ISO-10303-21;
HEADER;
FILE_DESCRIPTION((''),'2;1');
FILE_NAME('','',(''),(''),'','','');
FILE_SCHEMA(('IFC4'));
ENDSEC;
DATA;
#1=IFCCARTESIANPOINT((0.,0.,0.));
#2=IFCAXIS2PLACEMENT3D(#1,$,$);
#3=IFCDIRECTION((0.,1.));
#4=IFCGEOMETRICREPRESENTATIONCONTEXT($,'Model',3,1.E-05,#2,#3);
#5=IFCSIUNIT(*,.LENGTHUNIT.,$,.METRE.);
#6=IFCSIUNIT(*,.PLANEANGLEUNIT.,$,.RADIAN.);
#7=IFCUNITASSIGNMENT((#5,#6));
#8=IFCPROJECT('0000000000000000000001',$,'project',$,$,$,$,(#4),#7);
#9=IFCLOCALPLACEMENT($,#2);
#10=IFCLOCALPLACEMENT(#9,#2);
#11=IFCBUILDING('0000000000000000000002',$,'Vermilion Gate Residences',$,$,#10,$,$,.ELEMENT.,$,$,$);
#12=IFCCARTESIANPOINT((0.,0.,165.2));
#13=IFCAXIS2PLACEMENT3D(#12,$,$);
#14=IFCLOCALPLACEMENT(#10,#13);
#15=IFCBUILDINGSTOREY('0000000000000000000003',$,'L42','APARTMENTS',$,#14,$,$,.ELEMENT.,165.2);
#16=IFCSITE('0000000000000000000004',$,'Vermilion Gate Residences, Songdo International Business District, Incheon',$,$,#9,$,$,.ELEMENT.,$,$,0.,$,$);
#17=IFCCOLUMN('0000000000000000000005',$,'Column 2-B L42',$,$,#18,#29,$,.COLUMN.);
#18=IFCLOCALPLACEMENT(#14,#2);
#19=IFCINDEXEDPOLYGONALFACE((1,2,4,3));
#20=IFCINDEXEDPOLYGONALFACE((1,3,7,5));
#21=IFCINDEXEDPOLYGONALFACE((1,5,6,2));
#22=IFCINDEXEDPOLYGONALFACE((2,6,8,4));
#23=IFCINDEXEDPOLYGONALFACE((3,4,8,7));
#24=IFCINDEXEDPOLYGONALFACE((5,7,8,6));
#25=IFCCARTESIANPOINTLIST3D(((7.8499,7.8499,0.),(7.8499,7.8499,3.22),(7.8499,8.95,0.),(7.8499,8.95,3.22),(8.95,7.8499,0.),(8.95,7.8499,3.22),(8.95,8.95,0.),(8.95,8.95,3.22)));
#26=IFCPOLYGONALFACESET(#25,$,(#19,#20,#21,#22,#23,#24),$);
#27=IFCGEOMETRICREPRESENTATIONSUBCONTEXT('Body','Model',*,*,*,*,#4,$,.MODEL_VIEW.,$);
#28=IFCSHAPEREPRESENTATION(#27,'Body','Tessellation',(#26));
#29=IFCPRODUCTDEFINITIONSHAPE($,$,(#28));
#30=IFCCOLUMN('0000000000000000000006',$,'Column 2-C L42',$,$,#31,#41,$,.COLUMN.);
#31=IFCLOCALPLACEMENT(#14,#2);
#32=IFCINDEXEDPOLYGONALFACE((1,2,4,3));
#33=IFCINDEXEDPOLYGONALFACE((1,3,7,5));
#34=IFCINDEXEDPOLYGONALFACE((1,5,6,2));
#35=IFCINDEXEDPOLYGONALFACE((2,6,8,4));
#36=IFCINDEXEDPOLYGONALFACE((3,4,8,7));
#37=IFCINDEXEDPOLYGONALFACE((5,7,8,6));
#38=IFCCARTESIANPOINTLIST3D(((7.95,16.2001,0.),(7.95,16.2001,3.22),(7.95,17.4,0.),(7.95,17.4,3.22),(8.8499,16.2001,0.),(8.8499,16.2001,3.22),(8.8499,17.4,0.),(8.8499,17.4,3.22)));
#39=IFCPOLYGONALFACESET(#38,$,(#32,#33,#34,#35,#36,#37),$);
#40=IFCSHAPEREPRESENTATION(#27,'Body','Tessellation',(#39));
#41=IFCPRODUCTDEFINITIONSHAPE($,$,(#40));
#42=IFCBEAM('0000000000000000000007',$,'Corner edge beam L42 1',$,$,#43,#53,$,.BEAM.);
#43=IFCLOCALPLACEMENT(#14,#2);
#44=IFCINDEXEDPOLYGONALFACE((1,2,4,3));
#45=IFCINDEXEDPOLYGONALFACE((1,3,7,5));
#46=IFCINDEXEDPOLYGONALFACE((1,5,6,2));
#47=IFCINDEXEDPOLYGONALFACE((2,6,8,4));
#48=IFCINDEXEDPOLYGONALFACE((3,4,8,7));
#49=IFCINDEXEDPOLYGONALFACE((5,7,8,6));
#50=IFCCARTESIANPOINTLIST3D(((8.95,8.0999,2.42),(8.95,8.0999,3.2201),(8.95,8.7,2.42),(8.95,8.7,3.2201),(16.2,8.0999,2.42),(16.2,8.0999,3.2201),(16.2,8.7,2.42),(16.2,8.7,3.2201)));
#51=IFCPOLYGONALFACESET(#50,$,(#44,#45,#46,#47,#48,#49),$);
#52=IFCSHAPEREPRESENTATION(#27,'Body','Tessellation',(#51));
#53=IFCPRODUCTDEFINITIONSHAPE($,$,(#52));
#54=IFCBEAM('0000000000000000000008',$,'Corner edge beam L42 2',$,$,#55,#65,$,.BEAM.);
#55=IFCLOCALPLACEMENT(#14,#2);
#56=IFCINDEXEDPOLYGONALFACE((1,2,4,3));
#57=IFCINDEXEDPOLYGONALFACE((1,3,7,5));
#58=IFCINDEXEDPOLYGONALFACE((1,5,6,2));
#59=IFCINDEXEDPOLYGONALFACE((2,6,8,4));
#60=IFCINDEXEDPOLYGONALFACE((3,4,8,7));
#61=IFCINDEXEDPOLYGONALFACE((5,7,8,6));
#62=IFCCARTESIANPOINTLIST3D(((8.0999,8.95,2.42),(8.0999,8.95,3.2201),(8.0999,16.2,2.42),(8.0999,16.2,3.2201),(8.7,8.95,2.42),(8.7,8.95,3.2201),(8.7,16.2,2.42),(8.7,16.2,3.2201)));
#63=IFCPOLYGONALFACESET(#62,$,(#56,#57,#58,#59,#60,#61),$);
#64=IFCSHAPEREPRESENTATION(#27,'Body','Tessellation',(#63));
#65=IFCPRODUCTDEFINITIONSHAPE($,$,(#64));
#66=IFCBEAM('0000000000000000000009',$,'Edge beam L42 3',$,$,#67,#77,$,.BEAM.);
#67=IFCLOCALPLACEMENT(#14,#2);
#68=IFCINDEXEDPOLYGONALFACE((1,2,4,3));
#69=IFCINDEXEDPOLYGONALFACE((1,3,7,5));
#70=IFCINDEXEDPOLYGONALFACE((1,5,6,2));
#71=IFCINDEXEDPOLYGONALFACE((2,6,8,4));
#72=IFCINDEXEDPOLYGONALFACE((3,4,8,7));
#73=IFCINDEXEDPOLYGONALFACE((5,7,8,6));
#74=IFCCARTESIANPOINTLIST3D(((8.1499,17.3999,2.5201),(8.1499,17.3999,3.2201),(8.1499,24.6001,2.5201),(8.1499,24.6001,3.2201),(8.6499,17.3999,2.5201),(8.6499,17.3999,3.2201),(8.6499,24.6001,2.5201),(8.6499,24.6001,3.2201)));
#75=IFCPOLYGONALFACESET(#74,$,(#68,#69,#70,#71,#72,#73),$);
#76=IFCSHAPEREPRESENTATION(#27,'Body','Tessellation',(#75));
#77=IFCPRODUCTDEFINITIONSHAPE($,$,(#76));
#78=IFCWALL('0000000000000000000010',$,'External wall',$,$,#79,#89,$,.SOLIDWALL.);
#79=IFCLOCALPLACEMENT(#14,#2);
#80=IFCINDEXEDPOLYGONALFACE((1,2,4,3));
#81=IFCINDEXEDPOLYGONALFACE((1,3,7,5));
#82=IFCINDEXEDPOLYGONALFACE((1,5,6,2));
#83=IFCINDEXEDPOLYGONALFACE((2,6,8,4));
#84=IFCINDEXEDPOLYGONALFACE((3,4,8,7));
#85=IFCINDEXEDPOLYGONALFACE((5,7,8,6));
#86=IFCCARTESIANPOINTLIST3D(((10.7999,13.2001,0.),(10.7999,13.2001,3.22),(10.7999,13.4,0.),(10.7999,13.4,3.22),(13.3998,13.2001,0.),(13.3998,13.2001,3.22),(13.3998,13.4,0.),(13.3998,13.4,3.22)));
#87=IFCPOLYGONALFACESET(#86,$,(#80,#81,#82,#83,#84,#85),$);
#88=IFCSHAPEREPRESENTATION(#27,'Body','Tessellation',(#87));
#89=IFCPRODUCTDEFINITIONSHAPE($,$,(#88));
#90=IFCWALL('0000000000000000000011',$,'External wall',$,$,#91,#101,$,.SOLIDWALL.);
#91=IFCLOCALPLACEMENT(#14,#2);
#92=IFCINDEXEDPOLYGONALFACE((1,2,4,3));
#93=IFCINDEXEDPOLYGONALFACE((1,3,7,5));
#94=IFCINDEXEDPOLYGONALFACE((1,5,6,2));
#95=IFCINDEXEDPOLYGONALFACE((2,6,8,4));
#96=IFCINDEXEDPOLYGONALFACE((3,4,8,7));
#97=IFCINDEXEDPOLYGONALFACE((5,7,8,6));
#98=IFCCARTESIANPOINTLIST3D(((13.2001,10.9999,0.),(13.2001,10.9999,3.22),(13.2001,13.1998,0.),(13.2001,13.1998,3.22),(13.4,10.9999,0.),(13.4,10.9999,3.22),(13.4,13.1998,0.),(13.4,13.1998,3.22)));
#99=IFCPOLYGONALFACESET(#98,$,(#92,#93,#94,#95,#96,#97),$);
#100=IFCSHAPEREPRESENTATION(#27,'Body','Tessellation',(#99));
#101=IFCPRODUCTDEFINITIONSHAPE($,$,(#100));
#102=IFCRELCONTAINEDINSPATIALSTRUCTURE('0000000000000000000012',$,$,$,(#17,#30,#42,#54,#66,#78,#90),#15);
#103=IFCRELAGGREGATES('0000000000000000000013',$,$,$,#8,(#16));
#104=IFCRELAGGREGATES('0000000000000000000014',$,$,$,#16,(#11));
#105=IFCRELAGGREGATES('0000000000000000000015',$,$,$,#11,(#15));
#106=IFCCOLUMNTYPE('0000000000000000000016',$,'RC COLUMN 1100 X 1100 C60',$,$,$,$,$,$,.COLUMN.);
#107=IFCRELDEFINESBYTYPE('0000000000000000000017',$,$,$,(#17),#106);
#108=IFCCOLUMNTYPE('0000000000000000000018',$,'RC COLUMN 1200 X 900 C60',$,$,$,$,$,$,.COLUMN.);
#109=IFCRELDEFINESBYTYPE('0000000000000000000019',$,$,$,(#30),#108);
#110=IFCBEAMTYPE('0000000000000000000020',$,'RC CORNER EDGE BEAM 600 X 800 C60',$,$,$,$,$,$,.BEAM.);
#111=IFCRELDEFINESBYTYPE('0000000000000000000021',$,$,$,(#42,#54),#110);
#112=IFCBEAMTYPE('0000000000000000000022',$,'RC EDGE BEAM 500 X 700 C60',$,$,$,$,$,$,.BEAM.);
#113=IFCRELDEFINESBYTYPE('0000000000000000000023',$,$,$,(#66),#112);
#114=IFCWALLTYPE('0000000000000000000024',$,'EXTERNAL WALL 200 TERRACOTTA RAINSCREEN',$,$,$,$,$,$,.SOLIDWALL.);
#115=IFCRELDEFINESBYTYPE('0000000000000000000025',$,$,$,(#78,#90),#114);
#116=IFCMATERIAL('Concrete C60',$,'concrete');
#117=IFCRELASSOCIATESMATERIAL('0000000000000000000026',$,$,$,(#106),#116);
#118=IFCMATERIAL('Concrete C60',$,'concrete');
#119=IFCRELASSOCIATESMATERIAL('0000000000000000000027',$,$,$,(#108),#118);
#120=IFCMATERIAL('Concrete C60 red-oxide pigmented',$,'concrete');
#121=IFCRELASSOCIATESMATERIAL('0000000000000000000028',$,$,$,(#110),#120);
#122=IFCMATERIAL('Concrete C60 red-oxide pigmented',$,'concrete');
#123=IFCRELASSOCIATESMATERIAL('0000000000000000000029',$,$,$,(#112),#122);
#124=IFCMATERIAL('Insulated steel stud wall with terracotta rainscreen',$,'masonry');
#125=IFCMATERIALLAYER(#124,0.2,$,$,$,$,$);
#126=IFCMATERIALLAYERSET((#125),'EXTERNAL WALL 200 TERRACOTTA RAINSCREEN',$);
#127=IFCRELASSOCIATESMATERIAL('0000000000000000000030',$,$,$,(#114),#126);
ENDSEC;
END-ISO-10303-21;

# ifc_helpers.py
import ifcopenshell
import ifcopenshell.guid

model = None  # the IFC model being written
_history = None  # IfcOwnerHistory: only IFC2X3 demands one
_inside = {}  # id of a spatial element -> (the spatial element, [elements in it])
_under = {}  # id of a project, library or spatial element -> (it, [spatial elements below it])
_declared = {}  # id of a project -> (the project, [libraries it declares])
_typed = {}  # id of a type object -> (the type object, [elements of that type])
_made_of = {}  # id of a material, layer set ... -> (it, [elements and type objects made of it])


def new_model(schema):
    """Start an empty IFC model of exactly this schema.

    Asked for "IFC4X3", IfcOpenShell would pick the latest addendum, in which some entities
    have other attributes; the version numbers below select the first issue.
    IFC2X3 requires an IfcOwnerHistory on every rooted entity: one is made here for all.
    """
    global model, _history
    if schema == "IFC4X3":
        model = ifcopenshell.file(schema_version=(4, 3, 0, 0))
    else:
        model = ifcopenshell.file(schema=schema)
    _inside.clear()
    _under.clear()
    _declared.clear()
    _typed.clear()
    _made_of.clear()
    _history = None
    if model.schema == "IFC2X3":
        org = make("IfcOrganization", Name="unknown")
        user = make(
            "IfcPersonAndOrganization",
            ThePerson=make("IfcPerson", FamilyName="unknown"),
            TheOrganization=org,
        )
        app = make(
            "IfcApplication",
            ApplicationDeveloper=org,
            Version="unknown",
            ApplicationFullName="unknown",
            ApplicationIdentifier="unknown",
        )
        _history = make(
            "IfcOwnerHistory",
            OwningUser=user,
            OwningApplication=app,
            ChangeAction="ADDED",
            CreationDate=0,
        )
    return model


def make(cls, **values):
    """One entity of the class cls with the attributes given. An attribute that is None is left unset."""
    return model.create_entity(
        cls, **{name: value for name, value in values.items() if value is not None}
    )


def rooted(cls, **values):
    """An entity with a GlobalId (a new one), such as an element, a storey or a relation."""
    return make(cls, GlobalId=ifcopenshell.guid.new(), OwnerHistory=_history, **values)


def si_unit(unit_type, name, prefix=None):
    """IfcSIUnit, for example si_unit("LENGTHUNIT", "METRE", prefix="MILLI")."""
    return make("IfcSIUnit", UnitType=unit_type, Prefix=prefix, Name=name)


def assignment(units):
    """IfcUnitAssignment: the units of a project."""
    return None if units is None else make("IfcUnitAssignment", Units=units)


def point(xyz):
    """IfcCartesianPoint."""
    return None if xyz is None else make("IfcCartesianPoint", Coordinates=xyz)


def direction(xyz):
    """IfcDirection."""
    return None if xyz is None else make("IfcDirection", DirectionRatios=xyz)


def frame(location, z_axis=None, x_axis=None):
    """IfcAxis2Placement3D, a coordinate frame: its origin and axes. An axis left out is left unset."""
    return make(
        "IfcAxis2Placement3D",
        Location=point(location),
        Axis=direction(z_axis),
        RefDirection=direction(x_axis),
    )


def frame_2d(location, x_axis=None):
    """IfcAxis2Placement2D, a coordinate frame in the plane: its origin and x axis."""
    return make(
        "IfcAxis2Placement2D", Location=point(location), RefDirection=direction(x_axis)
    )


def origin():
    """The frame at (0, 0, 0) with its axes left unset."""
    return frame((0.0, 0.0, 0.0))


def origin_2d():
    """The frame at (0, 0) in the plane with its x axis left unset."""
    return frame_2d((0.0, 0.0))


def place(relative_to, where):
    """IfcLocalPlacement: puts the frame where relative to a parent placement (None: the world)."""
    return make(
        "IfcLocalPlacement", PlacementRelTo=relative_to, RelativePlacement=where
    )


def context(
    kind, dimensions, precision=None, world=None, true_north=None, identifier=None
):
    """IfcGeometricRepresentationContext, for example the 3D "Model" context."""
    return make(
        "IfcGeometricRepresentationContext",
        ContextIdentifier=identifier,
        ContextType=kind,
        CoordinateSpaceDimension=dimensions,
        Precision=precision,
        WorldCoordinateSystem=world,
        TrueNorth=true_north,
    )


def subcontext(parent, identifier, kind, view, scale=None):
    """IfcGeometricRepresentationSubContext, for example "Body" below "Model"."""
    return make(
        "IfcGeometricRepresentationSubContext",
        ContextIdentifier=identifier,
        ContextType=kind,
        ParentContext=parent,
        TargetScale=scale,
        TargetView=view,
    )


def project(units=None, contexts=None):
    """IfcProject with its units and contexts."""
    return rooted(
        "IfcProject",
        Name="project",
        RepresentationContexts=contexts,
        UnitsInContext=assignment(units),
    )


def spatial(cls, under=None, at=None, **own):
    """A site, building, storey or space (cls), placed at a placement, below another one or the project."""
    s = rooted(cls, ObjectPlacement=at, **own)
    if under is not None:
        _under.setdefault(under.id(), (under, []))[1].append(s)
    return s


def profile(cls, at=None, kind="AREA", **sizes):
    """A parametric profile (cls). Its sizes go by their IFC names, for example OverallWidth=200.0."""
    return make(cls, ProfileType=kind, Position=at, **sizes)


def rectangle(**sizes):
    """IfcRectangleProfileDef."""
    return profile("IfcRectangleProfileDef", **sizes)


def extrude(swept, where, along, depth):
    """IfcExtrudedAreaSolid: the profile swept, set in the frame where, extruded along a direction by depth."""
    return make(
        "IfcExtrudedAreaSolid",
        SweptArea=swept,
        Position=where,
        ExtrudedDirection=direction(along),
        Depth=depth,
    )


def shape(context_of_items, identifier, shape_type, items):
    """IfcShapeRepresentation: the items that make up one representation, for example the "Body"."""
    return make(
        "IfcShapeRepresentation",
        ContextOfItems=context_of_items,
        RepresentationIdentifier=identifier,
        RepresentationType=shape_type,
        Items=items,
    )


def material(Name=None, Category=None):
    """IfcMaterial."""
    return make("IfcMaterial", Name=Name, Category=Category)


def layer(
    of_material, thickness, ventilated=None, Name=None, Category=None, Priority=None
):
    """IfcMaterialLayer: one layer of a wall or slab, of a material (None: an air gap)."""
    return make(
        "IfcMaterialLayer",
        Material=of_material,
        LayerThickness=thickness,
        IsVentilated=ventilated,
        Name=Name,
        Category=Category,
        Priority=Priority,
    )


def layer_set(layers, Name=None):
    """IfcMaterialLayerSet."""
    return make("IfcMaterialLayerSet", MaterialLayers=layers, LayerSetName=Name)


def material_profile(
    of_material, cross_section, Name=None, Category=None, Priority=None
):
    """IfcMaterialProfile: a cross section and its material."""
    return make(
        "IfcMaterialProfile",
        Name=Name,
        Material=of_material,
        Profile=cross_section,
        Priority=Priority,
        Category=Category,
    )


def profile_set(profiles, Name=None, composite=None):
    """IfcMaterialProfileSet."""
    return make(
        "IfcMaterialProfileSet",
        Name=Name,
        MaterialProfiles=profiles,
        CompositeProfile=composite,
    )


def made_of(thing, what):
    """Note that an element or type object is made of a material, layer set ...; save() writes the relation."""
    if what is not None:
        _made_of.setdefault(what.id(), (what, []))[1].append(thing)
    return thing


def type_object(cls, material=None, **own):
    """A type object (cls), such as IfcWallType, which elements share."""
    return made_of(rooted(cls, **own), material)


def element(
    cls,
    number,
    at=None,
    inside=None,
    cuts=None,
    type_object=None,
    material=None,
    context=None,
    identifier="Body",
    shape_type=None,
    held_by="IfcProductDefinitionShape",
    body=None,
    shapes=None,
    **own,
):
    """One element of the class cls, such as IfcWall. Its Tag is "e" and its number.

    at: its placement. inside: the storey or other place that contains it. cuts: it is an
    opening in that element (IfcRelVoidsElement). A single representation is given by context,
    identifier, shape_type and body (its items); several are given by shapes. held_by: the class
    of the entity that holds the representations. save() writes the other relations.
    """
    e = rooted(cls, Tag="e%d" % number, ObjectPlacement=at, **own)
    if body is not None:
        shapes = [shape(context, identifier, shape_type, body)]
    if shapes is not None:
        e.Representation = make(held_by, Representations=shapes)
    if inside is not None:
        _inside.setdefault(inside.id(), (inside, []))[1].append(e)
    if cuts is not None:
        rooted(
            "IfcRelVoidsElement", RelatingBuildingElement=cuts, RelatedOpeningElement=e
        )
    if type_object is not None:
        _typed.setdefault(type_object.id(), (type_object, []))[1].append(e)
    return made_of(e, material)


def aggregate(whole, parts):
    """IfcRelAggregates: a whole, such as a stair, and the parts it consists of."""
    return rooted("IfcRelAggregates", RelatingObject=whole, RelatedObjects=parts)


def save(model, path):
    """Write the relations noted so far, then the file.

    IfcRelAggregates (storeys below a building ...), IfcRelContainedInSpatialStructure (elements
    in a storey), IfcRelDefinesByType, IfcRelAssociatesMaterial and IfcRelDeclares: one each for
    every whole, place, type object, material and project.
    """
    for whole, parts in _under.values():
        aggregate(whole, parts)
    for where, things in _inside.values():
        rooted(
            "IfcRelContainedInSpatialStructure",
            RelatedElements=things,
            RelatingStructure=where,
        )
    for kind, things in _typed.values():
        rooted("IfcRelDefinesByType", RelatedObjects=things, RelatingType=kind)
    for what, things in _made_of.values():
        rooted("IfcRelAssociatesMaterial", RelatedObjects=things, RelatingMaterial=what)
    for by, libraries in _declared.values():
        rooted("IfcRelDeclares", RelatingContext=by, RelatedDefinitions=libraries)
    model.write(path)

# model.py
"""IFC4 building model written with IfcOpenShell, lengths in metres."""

from ifc_helpers import new_model, si_unit, direction, frame, frame_2d, origin, origin_2d, place, context, subcontext, project, spatial, rectangle, extrude, material, layer, layer_set, material_profile, profile_set, type_object, element, save


model = new_model("IFC4")

# Units and contexts
model_context = context("Model", 3, precision=1e-05, world=origin(), true_north=direction((0.0, 1.0)))
body_context = subcontext(model_context, "Body", "Model", "MODEL_VIEW")
ifc_project = project(units=[si_unit("LENGTHUNIT", "METRE"), si_unit("PLANEANGLEUNIT", "RADIAN")], contexts=[model_context])

# Site, building, storey
site_placement = place(None, origin())
site = spatial("IfcSite", under=ifc_project, at=site_placement, Name="Vermilion Gate Residences, Songdo International Business District, Incheon", CompositionType="ELEMENT", RefElevation=0.0)
building_placement = place(site_placement, origin())
building = spatial("IfcBuilding", under=site, at=building_placement, Name="Vermilion Gate Residences", CompositionType="ELEMENT")
storey_placement = place(building_placement, frame((0.0, 0.0, 165.2)))
storey = spatial("IfcBuildingStorey", under=building, at=storey_placement, Name="L42", Description="APARTMENTS", CompositionType="ELEMENT", Elevation=165.2)

# Columns
ifc_material_1 = material(Name="Concrete C60", Category="concrete")
ifc_material_profile_1 = material_profile(ifc_material_1, rectangle(XDim=1.1001, YDim=1.1001, at=origin_2d()), Name="RC-1100x1100")
ifc_profile_set_1 = profile_set([ifc_material_profile_1], Name="Concrete C60")
column_type_1 = type_object("IfcColumnType", Name="RC COLUMN 1100 X 1100 C60", PredefinedType="COLUMN", material=ifc_profile_set_1)
column_1_placement = place(storey_placement, frame((8.3999, 8.3999, 0.0), z_axis=(0.0, 0.0, 1.0), x_axis=(1.0, 0.0, 0.0)))
element("IfcColumn", 1, at=column_1_placement, inside=storey, type_object=column_type_1, Name="Column 2-B L42", PredefinedType="COLUMN", context=body_context, shape_type="SweptSolid", body=[
    extrude(rectangle(XDim=1.1001, YDim=1.1001, at=origin_2d()), origin(), (0.0, 0.0, 1.0), 3.22),
])
ifc_material_2 = material(Name="Concrete C60", Category="concrete")
ifc_material_profile_2 = material_profile(ifc_material_2, rectangle(XDim=1.2, YDim=0.8999, at=origin_2d()), Name="RC-1200x900")
ifc_profile_set_2 = profile_set([ifc_material_profile_2], Name="Concrete C60")
column_type_2 = type_object("IfcColumnType", Name="RC COLUMN 1200 X 900 C60", PredefinedType="COLUMN", material=ifc_profile_set_2)
column_2_placement = place(storey_placement, frame((8.3999, 16.8, 0.0), z_axis=(0.0, 0.0, 1.0), x_axis=(0.0, 1.0, 0.0)))
element("IfcColumn", 2, at=column_2_placement, inside=storey, type_object=column_type_2, Name="Column 2-C L42", PredefinedType="COLUMN", context=body_context, shape_type="SweptSolid", body=[
    extrude(rectangle(XDim=1.2, YDim=0.8999, at=origin_2d()), origin(), (0.0, 0.0, 1.0), 3.22),
])

# Beams
ifc_material_3 = material(Name="Concrete C60 red-oxide pigmented", Category="concrete")
ifc_material_profile_3 = material_profile(ifc_material_3, rectangle(XDim=0.6001, YDim=0.8, at=origin_2d()), Name="RC-600x800")
ifc_profile_set_3 = profile_set([ifc_material_profile_3], Name="Concrete C60 red-oxide pigmented")
beam_type_1 = type_object("IfcBeamType", Name="RC CORNER EDGE BEAM 600 X 800 C60", PredefinedType="BEAM", material=ifc_profile_set_3)
for number, where, z_axis, x_axis, name in (
    (3, (8.95, 8.3999, 2.8201), (1.0, 0.0, 0.0), (0.0, 1.0, 0.0), "Corner edge beam L42 1"),
    (4, (8.3999, 8.95, 2.8201), (0.0, 1.0, 0.0), (-1.0, 0.0, 0.0), "Corner edge beam L42 2"),
):
    element("IfcBeam", number, at=place(storey_placement, frame(where, z_axis=z_axis, x_axis=x_axis)), inside=storey, type_object=beam_type_1, Name=name, PredefinedType="BEAM", context=body_context, shape_type="SweptSolid", body=[
        extrude(rectangle(XDim=0.6001, YDim=0.8, at=origin_2d()), origin(), (0.0, 0.0, 1.0), 7.25),
    ])
ifc_material_4 = material(Name="Concrete C60 red-oxide pigmented", Category="concrete")
ifc_material_profile_4 = material_profile(ifc_material_4, rectangle(XDim=0.5, YDim=0.7, at=origin_2d()), Name="RC-500x700")
ifc_profile_set_4 = profile_set([ifc_material_profile_4], Name="Concrete C60 red-oxide pigmented")
beam_type_2 = type_object("IfcBeamType", Name="RC EDGE BEAM 500 X 700 C60", PredefinedType="BEAM", material=ifc_profile_set_4)
beam_placement = place(storey_placement, frame((8.3999, 17.3999, 2.8701), z_axis=(0.0, 1.0, 0.0), x_axis=(-1.0, 0.0, 0.0)))
element("IfcBeam", 5, at=beam_placement, inside=storey, type_object=beam_type_2, Name="Edge beam L42 3", PredefinedType="BEAM", context=body_context, shape_type="SweptSolid", body=[
    extrude(rectangle(XDim=0.5, YDim=0.7, at=origin_2d()), origin(), (0.0, 0.0, 1.0), 7.2002),
])

# Walls
ifc_material_5 = material(Name="Insulated steel stud wall with terracotta rainscreen", Category="masonry")
ifc_layer_1 = layer(ifc_material_5, 0.2)
ifc_layer_set_1 = layer_set([ifc_layer_1], Name="EXTERNAL WALL 200 TERRACOTTA RAINSCREEN")
wall_type_1 = type_object("IfcWallType", Name="EXTERNAL WALL 200 TERRACOTTA RAINSCREEN", PredefinedType="SOLIDWALL", material=ifc_layer_set_1)
wall_1_placement = place(storey_placement, frame((10.8, 13.3, 0.0), z_axis=(0.0, 0.0, 1.0), x_axis=(1.0, 0.0, 0.0)))
element("IfcWall", 6, at=wall_1_placement, inside=storey, type_object=wall_type_1, Name="External wall", PredefinedType="SOLIDWALL", context=body_context, shape_type="SweptSolid", body=[
    extrude(rectangle(XDim=2.5999, YDim=0.2, at=frame_2d((1.2998, 0.0))), origin(), (0.0, 0.0, 1.0), 3.22),
])
wall_2_placement = place(storey_placement, frame((13.3, 13.2, 0.0), z_axis=(0.0, 0.0, 1.0), x_axis=(0.0, -1.0, 0.0)))
element("IfcWall", 7, at=wall_2_placement, inside=storey, type_object=wall_type_1, Name="External wall", PredefinedType="SOLIDWALL", context=body_context, shape_type="SweptSolid", body=[
    extrude(rectangle(XDim=2.2, YDim=0.2, at=frame_2d((1.1001, 0.0))), origin(), (0.0, 0.0, 1.0), 3.22),
])

save(model, "model.ifc")
